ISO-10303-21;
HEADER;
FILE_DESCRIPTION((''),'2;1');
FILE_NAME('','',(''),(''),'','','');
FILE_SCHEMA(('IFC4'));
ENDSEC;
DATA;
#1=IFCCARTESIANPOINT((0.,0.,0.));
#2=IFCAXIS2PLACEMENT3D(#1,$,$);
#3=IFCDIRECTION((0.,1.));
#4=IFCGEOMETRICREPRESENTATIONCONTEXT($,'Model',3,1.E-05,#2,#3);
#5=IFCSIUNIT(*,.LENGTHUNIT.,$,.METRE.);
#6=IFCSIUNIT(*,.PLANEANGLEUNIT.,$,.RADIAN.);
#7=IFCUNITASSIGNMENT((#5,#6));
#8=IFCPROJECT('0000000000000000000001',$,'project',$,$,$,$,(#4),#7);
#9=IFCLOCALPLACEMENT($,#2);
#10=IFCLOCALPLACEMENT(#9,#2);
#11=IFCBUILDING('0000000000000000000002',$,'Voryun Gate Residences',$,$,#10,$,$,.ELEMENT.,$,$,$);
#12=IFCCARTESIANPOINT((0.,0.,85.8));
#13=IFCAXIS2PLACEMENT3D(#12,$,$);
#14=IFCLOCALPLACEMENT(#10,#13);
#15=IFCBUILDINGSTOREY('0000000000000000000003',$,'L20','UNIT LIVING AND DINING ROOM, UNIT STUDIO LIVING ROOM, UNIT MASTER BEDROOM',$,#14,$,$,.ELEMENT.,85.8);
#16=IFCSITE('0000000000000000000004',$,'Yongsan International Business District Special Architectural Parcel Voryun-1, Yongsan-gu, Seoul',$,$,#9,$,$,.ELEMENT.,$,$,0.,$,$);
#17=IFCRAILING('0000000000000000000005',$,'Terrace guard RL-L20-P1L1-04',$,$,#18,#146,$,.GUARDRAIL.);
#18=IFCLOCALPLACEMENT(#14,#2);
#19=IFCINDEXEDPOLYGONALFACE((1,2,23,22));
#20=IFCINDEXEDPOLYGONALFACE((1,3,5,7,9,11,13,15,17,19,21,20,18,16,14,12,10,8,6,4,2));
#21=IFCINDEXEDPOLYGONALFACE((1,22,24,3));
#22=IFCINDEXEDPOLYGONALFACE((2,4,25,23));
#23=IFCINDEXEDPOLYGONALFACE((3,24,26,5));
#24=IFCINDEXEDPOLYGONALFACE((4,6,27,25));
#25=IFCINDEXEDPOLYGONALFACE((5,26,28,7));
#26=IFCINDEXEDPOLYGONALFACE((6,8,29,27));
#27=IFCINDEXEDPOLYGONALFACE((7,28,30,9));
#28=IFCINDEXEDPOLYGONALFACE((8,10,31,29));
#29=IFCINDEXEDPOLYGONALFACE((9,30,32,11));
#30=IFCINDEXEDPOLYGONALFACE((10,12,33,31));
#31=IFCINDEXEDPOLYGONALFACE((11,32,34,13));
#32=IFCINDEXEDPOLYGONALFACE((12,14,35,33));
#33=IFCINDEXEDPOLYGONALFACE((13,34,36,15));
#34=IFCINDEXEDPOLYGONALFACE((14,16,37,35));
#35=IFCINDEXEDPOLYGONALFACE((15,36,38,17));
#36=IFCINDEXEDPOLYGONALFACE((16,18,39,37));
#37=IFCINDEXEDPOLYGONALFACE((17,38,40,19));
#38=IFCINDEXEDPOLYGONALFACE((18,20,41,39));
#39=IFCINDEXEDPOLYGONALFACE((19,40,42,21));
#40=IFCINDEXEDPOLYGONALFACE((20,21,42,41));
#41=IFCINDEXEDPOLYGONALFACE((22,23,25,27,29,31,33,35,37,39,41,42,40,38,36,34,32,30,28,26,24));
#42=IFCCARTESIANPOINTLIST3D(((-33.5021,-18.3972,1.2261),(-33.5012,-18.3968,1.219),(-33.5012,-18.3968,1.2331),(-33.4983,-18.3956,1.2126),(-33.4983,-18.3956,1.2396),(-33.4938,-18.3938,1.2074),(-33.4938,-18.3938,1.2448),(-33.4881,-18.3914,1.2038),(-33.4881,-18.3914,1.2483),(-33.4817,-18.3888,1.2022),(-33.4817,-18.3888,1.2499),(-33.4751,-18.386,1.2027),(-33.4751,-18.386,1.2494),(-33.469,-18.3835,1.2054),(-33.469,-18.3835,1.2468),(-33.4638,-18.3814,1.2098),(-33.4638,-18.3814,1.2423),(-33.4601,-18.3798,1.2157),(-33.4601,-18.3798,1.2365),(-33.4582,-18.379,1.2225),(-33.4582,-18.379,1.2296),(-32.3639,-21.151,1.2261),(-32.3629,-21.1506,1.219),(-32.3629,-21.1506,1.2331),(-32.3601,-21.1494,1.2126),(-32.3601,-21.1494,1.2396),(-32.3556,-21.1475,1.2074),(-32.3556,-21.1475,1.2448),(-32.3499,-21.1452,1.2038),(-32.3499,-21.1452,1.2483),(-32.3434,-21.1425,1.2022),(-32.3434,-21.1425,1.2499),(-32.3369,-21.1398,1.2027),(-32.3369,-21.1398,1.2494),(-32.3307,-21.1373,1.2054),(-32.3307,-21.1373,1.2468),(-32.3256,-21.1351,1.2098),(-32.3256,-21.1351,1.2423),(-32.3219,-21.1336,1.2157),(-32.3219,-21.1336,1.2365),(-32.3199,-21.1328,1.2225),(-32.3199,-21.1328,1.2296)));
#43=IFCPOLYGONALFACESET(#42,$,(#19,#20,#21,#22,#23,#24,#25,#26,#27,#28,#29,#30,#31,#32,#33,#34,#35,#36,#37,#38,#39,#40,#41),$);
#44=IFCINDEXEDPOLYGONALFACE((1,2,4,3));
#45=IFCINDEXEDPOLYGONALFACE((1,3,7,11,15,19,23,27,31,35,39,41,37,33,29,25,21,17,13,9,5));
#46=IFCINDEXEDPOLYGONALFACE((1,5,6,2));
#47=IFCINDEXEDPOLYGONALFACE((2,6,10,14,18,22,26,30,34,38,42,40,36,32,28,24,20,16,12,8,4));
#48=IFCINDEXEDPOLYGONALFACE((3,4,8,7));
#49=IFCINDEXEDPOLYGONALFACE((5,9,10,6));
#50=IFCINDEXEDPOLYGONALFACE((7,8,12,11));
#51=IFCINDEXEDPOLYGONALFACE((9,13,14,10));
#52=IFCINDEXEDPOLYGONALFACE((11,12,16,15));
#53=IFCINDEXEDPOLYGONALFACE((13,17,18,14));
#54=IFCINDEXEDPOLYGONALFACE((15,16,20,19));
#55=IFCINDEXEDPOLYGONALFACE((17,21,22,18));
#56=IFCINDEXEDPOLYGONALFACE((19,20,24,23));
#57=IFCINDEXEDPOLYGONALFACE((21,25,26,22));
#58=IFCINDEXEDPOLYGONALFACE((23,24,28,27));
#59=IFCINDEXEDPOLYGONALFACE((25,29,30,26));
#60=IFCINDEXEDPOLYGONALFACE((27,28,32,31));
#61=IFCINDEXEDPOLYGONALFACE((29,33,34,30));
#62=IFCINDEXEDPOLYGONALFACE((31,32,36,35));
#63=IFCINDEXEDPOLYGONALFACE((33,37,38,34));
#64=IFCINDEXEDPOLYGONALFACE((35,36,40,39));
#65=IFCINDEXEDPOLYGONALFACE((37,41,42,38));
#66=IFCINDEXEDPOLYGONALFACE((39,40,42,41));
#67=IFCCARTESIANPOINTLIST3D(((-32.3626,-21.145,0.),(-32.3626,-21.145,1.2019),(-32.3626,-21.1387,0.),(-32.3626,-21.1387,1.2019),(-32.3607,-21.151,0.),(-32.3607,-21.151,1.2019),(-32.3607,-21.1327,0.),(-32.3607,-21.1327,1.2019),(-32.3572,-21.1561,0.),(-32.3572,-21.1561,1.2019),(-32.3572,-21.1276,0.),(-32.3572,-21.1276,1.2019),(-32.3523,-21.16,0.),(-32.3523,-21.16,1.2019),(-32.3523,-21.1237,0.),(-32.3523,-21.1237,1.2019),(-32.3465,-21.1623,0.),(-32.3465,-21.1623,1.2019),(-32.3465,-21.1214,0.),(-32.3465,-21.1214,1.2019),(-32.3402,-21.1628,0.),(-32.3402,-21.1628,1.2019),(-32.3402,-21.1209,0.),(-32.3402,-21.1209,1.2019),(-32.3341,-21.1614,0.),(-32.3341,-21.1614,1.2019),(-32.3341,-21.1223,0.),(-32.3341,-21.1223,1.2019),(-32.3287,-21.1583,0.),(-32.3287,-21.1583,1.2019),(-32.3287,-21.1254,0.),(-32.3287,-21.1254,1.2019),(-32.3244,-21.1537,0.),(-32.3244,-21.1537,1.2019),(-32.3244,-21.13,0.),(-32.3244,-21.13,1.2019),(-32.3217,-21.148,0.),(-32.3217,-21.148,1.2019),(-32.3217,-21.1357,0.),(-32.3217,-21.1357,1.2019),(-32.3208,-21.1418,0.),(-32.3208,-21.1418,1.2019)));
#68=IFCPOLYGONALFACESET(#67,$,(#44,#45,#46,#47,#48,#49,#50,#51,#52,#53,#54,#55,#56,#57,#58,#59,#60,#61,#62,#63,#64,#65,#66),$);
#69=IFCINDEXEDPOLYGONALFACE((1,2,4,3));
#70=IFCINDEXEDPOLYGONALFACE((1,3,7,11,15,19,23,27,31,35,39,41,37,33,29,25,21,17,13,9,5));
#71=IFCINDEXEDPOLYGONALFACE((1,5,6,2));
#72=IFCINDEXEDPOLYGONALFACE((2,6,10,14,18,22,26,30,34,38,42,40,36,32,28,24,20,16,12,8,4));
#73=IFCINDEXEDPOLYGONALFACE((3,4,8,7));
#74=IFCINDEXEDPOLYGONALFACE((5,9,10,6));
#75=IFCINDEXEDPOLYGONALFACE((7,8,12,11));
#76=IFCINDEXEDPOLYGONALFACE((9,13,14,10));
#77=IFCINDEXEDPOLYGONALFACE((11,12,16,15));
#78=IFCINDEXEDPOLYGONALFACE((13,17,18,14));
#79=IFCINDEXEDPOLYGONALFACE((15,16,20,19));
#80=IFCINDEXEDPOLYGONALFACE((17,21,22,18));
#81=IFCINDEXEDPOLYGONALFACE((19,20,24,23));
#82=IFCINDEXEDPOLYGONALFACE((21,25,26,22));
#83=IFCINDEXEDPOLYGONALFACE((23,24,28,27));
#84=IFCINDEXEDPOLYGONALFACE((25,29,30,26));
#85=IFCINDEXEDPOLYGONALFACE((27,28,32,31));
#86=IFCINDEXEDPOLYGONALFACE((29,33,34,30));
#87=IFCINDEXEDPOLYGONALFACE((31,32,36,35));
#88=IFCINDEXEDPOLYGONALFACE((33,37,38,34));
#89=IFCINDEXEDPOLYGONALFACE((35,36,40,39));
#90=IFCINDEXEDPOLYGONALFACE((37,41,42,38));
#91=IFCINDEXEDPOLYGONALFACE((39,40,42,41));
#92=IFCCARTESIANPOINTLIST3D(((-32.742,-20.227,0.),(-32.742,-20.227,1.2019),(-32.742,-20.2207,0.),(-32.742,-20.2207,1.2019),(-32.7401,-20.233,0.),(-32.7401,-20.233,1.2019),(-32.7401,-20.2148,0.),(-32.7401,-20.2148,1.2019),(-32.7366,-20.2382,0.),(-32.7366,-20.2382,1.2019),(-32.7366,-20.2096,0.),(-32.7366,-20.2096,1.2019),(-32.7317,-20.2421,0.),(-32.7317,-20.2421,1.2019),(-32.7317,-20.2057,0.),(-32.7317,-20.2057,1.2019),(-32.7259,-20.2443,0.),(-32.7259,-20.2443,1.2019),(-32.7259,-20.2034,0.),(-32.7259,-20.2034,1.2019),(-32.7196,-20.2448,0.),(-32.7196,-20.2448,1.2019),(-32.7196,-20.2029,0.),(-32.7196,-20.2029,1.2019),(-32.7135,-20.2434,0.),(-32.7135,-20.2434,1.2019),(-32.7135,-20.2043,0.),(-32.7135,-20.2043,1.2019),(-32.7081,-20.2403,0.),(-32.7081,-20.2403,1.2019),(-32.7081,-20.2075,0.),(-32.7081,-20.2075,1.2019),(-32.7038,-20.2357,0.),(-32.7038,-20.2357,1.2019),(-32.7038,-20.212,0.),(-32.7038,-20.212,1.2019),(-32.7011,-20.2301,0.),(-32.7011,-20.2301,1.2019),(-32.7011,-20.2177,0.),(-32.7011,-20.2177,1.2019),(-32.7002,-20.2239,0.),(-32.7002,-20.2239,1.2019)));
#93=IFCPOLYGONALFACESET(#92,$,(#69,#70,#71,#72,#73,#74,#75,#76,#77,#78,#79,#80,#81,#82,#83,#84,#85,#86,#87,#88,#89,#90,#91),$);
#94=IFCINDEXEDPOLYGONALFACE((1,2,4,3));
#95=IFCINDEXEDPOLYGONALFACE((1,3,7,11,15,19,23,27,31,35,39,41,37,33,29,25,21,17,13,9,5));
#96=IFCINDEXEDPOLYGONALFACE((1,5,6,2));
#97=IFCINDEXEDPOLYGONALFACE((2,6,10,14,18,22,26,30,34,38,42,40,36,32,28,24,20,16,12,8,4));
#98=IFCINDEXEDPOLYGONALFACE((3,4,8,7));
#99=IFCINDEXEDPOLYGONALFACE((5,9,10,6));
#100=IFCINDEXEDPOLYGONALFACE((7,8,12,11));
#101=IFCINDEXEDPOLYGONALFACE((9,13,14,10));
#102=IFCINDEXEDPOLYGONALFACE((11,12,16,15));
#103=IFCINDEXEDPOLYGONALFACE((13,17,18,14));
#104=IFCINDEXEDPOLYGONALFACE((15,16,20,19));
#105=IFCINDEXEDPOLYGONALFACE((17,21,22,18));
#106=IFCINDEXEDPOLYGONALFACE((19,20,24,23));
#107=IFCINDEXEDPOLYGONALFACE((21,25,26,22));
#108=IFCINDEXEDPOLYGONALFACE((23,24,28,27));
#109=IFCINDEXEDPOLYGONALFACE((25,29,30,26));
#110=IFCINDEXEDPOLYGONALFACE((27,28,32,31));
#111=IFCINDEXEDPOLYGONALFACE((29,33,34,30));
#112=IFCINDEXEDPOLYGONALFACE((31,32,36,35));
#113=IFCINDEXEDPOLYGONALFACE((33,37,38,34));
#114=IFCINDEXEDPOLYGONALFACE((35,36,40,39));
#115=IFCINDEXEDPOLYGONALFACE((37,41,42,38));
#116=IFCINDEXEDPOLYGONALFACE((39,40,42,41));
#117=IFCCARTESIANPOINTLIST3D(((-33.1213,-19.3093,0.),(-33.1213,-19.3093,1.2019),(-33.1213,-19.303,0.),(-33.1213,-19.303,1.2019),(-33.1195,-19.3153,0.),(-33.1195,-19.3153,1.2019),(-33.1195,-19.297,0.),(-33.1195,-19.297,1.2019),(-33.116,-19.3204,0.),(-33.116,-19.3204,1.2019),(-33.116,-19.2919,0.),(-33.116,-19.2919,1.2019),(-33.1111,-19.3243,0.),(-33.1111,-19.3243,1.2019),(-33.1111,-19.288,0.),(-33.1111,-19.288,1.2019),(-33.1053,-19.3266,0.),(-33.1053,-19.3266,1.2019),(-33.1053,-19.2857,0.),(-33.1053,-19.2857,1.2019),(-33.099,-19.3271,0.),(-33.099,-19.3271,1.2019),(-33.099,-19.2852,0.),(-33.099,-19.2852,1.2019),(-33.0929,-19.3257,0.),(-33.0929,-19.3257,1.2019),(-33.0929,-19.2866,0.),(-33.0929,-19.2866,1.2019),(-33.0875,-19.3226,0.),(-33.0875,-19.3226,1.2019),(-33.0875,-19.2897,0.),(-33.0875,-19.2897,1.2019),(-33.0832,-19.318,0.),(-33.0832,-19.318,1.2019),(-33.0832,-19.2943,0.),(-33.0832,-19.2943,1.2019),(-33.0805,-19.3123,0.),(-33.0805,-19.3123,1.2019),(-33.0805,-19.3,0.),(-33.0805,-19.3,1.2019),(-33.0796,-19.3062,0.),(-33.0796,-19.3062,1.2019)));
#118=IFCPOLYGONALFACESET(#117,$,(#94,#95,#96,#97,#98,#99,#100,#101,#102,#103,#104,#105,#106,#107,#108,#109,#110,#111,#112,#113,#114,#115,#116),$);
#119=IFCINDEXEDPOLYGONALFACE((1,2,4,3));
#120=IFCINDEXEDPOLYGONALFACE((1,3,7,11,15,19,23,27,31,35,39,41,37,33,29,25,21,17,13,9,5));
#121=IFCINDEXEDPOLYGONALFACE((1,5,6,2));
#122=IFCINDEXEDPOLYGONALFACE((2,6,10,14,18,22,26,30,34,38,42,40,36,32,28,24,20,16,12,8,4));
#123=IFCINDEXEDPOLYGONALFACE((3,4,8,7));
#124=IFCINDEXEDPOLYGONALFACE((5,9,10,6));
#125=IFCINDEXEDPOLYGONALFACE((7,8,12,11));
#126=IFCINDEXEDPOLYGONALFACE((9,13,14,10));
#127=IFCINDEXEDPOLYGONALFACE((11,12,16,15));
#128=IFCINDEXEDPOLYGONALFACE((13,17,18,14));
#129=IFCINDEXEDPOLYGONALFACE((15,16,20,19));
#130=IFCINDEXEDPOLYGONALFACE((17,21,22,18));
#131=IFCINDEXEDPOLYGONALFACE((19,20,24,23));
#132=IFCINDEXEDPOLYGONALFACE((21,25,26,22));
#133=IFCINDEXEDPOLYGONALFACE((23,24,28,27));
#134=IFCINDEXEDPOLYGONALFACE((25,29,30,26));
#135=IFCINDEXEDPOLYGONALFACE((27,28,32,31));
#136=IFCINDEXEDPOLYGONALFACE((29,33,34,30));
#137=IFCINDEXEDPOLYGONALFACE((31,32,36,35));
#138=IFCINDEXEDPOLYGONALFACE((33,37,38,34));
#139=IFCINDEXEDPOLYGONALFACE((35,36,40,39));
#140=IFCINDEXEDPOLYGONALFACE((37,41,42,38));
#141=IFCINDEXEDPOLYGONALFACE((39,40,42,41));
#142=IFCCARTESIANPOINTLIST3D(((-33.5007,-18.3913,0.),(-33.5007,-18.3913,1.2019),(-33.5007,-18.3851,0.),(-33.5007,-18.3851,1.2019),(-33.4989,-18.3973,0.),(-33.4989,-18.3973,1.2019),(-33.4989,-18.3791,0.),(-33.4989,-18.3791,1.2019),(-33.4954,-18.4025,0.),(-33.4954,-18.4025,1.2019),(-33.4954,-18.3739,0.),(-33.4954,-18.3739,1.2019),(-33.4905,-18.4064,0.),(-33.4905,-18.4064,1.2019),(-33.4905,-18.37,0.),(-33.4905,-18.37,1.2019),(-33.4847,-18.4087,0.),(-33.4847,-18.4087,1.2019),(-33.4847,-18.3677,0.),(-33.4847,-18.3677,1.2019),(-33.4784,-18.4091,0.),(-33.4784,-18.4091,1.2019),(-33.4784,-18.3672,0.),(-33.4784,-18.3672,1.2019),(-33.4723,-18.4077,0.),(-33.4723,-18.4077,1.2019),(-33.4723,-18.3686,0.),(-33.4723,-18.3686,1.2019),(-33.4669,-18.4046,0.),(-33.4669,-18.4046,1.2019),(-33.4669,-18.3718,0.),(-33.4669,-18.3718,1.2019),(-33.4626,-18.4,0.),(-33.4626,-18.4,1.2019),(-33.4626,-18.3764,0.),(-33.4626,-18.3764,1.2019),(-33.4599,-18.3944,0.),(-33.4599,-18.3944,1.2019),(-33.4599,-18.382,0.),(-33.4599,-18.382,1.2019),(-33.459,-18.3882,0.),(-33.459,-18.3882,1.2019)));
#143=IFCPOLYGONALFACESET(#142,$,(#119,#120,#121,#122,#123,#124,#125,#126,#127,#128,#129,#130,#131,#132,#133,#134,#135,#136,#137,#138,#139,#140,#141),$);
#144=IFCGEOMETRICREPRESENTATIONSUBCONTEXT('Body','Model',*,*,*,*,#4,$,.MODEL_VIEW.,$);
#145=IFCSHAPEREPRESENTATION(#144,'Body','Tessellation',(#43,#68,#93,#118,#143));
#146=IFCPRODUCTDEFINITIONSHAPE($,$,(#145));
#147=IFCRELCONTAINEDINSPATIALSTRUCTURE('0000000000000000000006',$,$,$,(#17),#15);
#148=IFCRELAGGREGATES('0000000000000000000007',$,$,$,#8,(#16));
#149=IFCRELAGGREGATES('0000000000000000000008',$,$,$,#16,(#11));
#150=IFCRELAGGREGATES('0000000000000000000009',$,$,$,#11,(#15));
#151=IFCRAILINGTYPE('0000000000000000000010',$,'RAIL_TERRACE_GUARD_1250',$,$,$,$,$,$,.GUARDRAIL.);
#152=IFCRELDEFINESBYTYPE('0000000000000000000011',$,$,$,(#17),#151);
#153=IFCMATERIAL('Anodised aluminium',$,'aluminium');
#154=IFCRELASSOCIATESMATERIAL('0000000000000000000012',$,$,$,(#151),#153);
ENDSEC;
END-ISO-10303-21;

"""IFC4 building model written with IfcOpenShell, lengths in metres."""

from ifc_helpers import new_model, si_unit, direction, frame, origin, origin_2d, place, context, subcontext, project, spatial, circle, extrude, material, type_object, element, save


model = new_model("IFC4")

# Units and contexts
model_context = context("Model", 3, precision=1e-05, world=origin(), true_north=direction((0.0, 1.0)))
body_context = subcontext(model_context, "Body", "Model", "MODEL_VIEW")
ifc_project = project(units=[si_unit("LENGTHUNIT", "METRE"), si_unit("PLANEANGLEUNIT", "RADIAN")], contexts=[model_context])

# Site, building, storey
site_placement = place(None, origin())
site = spatial("IfcSite", under=ifc_project, at=site_placement, Name="Yongsan International Business District Special Architectural Parcel Voryun-1, Yongsan-gu, Seoul", CompositionType="ELEMENT", RefElevation=0.0)
building_placement = place(site_placement, origin())
building = spatial("IfcBuilding", under=site, at=building_placement, Name="Voryun Gate Residences", CompositionType="ELEMENT")
storey_placement = place(building_placement, frame((0.0, 0.0, 85.8)))
storey = spatial("IfcBuildingStorey", under=building, at=storey_placement, Name="L20", Description="UNIT LIVING AND DINING ROOM, UNIT STUDIO LIVING ROOM, UNIT MASTER BEDROOM", CompositionType="ELEMENT", Elevation=85.8)

# Railing
ifc_material_1 = material(Name="Anodised aluminium", Category="aluminium")
railing_type = type_object("IfcRailingType", Name="RAIL_TERRACE_GUARD_1250", PredefinedType="GUARDRAIL", material=ifc_material_1)
railing_1_placement = place(storey_placement, frame((-32.3418, -21.1418, 0.0)))
element("IfcRailing", 1, at=railing_1_placement, inside=storey, type_object=railing_type, Name="Terrace guard RL-L20-P1L1-04", PredefinedType="GUARDRAIL", context=body_context, shape_type="SweptSolid", body=[
    extrude(circle(Radius=0.0239, at=origin_2d()), frame((0.0, 0.0, 1.2261), z_axis=(-0.38199, 0.924166, 0.0), x_axis=(-0.924166, -0.38199, 0.0)), (0.0, 0.0, 1.0), 2.9797),
    extrude(circle(Radius=0.021, at=origin_2d()), origin(), (0.0, 0.0, 1.0), 1.2019),
    extrude(circle(Radius=0.021, at=origin_2d()), frame((-0.3794, 0.918, 0.0)), (0.0, 0.0, 1.0), 1.2019),
    extrude(circle(Radius=0.021, at=origin_2d()), frame((-0.7588, 1.8357, 0.0)), (0.0, 0.0, 1.0), 1.2019),
    extrude(circle(Radius=0.021, at=origin_2d()), frame((-1.1382, 2.7537, 0.0)), (0.0, 0.0, 1.0), 1.2019),
])

save(model, "model.ifc")
